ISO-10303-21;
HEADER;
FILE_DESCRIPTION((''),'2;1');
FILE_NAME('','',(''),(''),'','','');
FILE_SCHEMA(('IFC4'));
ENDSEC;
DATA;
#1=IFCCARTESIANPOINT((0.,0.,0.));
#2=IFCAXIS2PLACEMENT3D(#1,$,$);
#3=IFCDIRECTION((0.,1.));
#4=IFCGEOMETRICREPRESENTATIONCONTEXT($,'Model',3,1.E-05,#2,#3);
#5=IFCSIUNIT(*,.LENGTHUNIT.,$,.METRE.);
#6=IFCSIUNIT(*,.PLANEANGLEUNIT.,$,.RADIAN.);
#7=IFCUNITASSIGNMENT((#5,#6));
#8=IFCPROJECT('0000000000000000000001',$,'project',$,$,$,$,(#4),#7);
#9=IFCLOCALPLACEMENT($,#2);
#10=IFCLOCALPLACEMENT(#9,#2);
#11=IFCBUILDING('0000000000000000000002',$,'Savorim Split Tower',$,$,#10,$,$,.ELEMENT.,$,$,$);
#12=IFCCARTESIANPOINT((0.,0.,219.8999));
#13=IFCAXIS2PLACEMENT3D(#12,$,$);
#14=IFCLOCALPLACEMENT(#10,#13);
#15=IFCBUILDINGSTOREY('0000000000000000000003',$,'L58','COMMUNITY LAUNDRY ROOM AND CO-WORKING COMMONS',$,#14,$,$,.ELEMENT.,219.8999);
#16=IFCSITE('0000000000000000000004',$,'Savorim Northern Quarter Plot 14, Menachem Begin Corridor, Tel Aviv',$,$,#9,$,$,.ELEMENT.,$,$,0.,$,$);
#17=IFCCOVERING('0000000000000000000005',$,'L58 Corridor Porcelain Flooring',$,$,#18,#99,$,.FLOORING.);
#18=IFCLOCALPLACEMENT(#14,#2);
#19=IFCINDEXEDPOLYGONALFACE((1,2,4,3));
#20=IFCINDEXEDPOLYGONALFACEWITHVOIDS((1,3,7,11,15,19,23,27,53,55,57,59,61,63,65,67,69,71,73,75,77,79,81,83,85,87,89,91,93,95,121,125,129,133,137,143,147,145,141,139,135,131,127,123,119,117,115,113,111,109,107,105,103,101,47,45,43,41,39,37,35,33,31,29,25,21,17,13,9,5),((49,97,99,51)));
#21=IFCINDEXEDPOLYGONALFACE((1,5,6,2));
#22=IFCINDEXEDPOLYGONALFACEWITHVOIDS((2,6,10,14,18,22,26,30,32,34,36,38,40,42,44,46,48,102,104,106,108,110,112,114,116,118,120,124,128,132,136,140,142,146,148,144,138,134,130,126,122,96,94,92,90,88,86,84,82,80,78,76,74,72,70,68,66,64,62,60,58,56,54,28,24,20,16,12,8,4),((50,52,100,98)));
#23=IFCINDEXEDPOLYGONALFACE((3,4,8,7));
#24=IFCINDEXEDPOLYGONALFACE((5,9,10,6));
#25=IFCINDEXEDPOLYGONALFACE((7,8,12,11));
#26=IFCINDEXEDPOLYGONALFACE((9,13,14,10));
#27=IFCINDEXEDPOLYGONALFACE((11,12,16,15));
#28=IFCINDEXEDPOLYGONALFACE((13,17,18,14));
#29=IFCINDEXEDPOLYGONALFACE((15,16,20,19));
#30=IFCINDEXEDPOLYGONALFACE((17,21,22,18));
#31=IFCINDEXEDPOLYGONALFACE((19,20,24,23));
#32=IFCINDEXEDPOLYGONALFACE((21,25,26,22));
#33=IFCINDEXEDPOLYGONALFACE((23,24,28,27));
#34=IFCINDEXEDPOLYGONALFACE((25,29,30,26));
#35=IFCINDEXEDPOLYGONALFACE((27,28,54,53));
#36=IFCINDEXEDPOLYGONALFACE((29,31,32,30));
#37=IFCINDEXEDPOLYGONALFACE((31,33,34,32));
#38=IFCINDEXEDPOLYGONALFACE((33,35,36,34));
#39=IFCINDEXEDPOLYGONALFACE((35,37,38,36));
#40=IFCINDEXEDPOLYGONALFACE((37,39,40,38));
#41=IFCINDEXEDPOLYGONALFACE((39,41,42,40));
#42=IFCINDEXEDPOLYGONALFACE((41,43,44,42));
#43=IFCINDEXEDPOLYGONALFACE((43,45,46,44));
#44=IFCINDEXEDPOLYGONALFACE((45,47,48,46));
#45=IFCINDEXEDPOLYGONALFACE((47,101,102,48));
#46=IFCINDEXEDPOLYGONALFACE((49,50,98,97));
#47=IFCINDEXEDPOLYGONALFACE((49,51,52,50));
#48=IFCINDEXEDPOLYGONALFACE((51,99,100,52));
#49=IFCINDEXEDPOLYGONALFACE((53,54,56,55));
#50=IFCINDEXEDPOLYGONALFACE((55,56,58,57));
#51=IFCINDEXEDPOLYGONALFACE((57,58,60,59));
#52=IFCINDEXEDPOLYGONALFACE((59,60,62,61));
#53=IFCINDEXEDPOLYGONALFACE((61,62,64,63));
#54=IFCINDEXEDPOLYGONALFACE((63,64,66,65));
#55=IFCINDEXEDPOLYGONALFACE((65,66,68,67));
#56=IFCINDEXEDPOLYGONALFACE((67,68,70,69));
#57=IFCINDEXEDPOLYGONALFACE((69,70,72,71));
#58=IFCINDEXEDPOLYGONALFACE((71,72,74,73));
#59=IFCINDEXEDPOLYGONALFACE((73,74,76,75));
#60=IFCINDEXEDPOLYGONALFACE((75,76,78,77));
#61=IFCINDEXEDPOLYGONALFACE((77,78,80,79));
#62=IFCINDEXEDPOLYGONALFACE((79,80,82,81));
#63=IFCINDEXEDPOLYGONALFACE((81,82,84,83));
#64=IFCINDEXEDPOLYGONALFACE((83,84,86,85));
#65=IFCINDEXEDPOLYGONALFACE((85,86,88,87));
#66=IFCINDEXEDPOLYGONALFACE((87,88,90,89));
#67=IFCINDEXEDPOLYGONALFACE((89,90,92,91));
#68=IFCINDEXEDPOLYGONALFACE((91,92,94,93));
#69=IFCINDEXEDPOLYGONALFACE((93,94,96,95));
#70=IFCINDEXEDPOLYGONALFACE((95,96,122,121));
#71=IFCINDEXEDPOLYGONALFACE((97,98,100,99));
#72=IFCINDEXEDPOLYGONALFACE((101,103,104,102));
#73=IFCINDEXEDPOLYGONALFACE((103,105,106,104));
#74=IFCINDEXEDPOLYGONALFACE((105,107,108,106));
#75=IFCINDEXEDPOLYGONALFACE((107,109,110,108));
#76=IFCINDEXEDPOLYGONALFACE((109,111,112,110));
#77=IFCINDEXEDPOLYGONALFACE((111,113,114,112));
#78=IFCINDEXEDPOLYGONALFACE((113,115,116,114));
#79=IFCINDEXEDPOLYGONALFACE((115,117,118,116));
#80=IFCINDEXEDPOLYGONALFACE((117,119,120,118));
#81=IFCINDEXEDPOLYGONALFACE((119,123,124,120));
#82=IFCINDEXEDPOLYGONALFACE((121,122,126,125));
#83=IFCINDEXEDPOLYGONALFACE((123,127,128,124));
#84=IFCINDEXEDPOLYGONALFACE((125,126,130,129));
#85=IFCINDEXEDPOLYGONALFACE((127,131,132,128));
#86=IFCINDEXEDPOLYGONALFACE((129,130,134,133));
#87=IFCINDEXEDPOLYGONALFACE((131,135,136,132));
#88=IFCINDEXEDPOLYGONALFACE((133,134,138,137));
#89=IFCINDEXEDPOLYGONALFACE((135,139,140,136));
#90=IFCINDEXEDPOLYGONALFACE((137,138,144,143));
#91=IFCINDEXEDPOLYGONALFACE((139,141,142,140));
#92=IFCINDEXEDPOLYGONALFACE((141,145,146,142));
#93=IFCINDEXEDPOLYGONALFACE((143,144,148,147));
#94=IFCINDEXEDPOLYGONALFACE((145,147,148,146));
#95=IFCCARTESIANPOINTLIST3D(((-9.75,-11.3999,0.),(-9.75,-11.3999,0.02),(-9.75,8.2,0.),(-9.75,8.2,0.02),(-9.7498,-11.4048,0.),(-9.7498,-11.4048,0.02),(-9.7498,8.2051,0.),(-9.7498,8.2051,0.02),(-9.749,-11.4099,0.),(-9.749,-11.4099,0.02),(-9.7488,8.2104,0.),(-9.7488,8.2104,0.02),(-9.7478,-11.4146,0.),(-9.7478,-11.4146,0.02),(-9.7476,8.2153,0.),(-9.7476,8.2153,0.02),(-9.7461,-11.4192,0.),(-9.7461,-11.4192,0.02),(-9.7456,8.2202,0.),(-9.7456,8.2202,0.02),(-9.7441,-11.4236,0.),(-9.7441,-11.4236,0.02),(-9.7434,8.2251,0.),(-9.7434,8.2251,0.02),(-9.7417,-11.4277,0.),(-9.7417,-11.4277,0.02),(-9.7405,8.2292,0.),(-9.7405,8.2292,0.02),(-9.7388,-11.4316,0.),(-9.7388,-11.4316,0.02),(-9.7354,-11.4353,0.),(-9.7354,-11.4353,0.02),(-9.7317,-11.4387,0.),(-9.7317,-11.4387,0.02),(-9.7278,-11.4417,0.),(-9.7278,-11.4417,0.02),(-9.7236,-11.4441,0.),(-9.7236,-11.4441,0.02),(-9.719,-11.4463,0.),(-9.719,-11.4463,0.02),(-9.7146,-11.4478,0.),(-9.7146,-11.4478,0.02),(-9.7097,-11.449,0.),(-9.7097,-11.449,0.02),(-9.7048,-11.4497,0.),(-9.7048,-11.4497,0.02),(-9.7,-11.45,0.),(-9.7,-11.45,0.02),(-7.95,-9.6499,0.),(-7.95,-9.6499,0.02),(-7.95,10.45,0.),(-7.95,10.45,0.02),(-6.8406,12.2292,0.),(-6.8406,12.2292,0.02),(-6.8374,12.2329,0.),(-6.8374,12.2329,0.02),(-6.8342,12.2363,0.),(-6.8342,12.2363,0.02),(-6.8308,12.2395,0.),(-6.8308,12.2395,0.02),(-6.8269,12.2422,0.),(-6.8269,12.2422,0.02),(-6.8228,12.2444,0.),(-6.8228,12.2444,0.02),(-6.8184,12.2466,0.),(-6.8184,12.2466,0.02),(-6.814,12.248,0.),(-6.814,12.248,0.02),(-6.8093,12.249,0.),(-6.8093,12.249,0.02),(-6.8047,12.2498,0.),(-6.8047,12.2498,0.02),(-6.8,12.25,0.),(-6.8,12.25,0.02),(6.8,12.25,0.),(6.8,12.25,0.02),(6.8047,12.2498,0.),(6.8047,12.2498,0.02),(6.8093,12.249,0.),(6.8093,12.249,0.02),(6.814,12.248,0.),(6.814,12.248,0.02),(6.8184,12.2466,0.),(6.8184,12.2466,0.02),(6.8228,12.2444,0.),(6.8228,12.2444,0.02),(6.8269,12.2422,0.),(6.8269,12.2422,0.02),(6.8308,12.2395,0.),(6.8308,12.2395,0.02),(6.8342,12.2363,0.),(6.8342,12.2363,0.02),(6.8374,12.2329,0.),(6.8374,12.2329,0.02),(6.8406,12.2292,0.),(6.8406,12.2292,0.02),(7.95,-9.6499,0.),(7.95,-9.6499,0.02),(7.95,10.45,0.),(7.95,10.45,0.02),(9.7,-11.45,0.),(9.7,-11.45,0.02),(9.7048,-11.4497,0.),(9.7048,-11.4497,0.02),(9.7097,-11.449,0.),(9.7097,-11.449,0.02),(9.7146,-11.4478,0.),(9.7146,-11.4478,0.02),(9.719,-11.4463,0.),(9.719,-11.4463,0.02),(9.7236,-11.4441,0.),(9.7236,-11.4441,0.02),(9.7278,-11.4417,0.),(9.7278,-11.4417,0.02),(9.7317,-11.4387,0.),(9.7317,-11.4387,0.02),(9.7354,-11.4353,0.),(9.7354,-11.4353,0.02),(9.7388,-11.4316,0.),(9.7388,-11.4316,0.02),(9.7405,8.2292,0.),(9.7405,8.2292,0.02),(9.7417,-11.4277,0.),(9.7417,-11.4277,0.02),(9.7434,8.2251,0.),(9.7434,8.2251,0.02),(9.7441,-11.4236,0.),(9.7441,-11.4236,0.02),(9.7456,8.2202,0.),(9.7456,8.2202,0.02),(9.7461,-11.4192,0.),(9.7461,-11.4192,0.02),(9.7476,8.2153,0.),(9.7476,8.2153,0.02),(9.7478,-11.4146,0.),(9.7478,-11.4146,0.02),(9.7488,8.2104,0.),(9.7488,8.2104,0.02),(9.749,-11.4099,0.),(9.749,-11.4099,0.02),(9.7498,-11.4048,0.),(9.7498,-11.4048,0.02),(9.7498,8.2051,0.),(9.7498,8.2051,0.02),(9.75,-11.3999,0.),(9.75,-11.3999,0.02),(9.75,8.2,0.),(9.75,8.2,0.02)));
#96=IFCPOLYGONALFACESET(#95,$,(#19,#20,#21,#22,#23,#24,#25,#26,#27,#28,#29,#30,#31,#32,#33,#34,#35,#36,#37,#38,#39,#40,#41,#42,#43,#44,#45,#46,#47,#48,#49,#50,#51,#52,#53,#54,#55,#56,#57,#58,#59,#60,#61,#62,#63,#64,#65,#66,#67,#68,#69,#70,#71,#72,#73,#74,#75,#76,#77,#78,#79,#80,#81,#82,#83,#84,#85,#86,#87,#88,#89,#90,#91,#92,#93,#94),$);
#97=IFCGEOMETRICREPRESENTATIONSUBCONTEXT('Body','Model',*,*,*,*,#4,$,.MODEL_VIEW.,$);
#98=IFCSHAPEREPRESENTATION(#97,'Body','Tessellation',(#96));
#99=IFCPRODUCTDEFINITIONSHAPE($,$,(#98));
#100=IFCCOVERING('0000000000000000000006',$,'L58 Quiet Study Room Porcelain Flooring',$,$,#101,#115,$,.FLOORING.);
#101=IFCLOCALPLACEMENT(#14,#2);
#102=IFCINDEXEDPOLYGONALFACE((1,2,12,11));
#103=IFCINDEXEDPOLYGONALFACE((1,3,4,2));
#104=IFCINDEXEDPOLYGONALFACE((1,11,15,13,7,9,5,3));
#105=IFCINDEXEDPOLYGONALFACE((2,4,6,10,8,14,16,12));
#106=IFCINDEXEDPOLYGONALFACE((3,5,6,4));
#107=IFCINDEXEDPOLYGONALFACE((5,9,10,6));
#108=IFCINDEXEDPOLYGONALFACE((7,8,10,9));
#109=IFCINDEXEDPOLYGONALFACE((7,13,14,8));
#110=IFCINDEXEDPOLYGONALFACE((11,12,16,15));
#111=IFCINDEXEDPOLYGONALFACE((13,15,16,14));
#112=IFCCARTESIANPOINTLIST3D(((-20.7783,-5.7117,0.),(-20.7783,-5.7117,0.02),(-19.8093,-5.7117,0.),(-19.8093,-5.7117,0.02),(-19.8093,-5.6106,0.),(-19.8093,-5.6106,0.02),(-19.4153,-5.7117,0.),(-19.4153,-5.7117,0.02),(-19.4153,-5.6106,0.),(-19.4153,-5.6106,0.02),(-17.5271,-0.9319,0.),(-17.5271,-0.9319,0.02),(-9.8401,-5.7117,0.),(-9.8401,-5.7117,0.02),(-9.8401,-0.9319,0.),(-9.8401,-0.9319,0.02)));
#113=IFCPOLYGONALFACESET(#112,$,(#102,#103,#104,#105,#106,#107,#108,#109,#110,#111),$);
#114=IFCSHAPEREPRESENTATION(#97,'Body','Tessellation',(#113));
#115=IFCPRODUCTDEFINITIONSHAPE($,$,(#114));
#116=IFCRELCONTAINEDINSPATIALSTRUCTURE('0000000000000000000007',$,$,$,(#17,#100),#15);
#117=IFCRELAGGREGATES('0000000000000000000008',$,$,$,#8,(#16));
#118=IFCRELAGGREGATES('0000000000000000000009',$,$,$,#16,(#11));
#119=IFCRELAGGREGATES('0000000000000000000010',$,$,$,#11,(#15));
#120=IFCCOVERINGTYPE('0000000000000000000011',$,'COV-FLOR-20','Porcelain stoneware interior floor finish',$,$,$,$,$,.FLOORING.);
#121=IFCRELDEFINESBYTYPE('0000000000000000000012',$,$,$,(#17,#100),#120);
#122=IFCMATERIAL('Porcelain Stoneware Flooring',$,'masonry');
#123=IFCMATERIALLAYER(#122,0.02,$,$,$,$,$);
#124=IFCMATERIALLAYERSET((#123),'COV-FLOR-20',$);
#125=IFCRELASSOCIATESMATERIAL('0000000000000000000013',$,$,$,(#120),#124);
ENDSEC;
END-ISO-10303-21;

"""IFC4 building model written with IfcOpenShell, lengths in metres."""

from ifc_helpers import new_model, si_unit, direction, frame, origin, place, context, subcontext, project, spatial, polyline, outline, extrude, material, layer, layer_set, type_object, element, save


model = new_model("IFC4")

# Units and contexts
model_context = context("Model", 3, precision=1e-05, world=origin(), true_north=direction((0.0, 1.0)))
body_context = subcontext(model_context, "Body", "Model", "MODEL_VIEW")
ifc_project = project(units=[si_unit("LENGTHUNIT", "METRE"), si_unit("PLANEANGLEUNIT", "RADIAN")], contexts=[model_context])

# Site, building, storey
site_placement = place(None, origin())
site = spatial("IfcSite", under=ifc_project, at=site_placement, Name="Savorim Northern Quarter Plot 14, Menachem Begin Corridor, Tel Aviv", CompositionType="ELEMENT", RefElevation=0.0)
building_placement = place(site_placement, origin())
building = spatial("IfcBuilding", under=site, at=building_placement, Name="Savorim Split Tower", CompositionType="ELEMENT")
storey_placement = place(building_placement, frame((0.0, 0.0, 219.8999)))
storey = spatial("IfcBuildingStorey", under=building, at=storey_placement, Name="L58", Description="COMMUNITY LAUNDRY ROOM AND CO-WORKING COMMONS", CompositionType="ELEMENT", Elevation=219.8999)

# Coverings
ifc_material_1 = material(Name="Porcelain Stoneware Flooring", Category="masonry")
ifc_layer_1 = layer(ifc_material_1, 0.02)
ifc_layer_set_1 = layer_set([ifc_layer_1], Name="COV-FLOR-20")
covering_type_1 = type_object("IfcCoveringType", Name="COV-FLOR-20", Description="Porcelain stoneware interior floor finish", PredefinedType="FLOORING", material=ifc_layer_set_1)
covering_1_placement = place(storey_placement, origin())
element("IfcCovering", 1, at=covering_1_placement, inside=storey, type_object=covering_type_1, Name="L58 Corridor Porcelain Flooring", PredefinedType="FLOORING", context=body_context, shape_type="SweptSolid", body=[
    extrude(outline(polyline([(6.8093, 12.249), (6.8047, 12.2498), (6.8, 12.25), (-6.8, 12.25), (-6.8047, 12.2498), (-6.8093, 12.249), (-6.814, 12.248), (-6.8184, 12.2466), (-6.8228, 12.2444), (-6.8269, 12.2422), (-6.8308, 12.2395), (-6.8342, 12.2363), (-6.8374, 12.2329), (-6.8406, 12.2292), (-9.7405, 8.2292), (-9.7434, 8.2251), (-9.7456, 8.2202), (-9.7476, 8.2153), (-9.7488, 8.2104), (-9.7498, 8.2051), (-9.75, 8.2), (-9.75, -11.3999), (-9.7498, -11.4048), (-9.749, -11.4099), (-9.7478, -11.4146), (-9.7461, -11.4192), (-9.7441, -11.4236), (-9.7417, -11.4277), (-9.7388, -11.4316), (-9.7354, -11.4353), (-9.7317, -11.4387), (-9.7278, -11.4417), (-9.7236, -11.4441), (-9.719, -11.4463), (-9.7146, -11.4478), (-9.7097, -11.449), (-9.7048, -11.4497), (-9.7, -11.45), (9.7, -11.45), (9.7048, -11.4497), (9.7097, -11.449), (9.7146, -11.4478), (9.719, -11.4463), (9.7236, -11.4441), (9.7278, -11.4417), (9.7317, -11.4387), (9.7354, -11.4353), (9.7388, -11.4316), (9.7417, -11.4277), (9.7441, -11.4236), (9.7461, -11.4192), (9.7478, -11.4146), (9.749, -11.4099), (9.7498, -11.4048), (9.75, -11.3999), (9.75, 8.2), (9.7498, 8.2051), (9.7488, 8.2104), (9.7476, 8.2153), (9.7456, 8.2202), (9.7434, 8.2251), (9.7405, 8.2292), (6.8406, 12.2292), (6.8374, 12.2329), (6.8342, 12.2363), (6.8308, 12.2395), (6.8269, 12.2422), (6.8228, 12.2444), (6.8184, 12.2466), (6.814, 12.248), (6.8093, 12.249)]), holes=[polyline([(-7.95, 10.45), (-7.95, -9.6499), (7.95, -9.6499), (7.95, 10.45), (-7.95, 10.45)])]), origin(), (0.0, 0.0, 1.0), 0.02),
])
covering_2_placement = place(storey_placement, origin())
element("IfcCovering", 2, at=covering_2_placement, inside=storey, type_object=covering_type_1, Name="L58 Quiet Study Room Porcelain Flooring", PredefinedType="FLOORING", context=body_context, shape_type="SweptSolid", body=[
    extrude(outline(polyline([(-19.4153, -5.6106), (-19.4153, -5.7117), (-9.8401, -5.7117), (-9.8401, -0.9319), (-17.5271, -0.9319), (-20.7783, -5.7117), (-19.8093, -5.7117), (-19.8093, -5.6106), (-19.4153, -5.6106)])), origin(), (0.0, 0.0, 1.0), 0.02),
])

save(model, "model.ifc")
